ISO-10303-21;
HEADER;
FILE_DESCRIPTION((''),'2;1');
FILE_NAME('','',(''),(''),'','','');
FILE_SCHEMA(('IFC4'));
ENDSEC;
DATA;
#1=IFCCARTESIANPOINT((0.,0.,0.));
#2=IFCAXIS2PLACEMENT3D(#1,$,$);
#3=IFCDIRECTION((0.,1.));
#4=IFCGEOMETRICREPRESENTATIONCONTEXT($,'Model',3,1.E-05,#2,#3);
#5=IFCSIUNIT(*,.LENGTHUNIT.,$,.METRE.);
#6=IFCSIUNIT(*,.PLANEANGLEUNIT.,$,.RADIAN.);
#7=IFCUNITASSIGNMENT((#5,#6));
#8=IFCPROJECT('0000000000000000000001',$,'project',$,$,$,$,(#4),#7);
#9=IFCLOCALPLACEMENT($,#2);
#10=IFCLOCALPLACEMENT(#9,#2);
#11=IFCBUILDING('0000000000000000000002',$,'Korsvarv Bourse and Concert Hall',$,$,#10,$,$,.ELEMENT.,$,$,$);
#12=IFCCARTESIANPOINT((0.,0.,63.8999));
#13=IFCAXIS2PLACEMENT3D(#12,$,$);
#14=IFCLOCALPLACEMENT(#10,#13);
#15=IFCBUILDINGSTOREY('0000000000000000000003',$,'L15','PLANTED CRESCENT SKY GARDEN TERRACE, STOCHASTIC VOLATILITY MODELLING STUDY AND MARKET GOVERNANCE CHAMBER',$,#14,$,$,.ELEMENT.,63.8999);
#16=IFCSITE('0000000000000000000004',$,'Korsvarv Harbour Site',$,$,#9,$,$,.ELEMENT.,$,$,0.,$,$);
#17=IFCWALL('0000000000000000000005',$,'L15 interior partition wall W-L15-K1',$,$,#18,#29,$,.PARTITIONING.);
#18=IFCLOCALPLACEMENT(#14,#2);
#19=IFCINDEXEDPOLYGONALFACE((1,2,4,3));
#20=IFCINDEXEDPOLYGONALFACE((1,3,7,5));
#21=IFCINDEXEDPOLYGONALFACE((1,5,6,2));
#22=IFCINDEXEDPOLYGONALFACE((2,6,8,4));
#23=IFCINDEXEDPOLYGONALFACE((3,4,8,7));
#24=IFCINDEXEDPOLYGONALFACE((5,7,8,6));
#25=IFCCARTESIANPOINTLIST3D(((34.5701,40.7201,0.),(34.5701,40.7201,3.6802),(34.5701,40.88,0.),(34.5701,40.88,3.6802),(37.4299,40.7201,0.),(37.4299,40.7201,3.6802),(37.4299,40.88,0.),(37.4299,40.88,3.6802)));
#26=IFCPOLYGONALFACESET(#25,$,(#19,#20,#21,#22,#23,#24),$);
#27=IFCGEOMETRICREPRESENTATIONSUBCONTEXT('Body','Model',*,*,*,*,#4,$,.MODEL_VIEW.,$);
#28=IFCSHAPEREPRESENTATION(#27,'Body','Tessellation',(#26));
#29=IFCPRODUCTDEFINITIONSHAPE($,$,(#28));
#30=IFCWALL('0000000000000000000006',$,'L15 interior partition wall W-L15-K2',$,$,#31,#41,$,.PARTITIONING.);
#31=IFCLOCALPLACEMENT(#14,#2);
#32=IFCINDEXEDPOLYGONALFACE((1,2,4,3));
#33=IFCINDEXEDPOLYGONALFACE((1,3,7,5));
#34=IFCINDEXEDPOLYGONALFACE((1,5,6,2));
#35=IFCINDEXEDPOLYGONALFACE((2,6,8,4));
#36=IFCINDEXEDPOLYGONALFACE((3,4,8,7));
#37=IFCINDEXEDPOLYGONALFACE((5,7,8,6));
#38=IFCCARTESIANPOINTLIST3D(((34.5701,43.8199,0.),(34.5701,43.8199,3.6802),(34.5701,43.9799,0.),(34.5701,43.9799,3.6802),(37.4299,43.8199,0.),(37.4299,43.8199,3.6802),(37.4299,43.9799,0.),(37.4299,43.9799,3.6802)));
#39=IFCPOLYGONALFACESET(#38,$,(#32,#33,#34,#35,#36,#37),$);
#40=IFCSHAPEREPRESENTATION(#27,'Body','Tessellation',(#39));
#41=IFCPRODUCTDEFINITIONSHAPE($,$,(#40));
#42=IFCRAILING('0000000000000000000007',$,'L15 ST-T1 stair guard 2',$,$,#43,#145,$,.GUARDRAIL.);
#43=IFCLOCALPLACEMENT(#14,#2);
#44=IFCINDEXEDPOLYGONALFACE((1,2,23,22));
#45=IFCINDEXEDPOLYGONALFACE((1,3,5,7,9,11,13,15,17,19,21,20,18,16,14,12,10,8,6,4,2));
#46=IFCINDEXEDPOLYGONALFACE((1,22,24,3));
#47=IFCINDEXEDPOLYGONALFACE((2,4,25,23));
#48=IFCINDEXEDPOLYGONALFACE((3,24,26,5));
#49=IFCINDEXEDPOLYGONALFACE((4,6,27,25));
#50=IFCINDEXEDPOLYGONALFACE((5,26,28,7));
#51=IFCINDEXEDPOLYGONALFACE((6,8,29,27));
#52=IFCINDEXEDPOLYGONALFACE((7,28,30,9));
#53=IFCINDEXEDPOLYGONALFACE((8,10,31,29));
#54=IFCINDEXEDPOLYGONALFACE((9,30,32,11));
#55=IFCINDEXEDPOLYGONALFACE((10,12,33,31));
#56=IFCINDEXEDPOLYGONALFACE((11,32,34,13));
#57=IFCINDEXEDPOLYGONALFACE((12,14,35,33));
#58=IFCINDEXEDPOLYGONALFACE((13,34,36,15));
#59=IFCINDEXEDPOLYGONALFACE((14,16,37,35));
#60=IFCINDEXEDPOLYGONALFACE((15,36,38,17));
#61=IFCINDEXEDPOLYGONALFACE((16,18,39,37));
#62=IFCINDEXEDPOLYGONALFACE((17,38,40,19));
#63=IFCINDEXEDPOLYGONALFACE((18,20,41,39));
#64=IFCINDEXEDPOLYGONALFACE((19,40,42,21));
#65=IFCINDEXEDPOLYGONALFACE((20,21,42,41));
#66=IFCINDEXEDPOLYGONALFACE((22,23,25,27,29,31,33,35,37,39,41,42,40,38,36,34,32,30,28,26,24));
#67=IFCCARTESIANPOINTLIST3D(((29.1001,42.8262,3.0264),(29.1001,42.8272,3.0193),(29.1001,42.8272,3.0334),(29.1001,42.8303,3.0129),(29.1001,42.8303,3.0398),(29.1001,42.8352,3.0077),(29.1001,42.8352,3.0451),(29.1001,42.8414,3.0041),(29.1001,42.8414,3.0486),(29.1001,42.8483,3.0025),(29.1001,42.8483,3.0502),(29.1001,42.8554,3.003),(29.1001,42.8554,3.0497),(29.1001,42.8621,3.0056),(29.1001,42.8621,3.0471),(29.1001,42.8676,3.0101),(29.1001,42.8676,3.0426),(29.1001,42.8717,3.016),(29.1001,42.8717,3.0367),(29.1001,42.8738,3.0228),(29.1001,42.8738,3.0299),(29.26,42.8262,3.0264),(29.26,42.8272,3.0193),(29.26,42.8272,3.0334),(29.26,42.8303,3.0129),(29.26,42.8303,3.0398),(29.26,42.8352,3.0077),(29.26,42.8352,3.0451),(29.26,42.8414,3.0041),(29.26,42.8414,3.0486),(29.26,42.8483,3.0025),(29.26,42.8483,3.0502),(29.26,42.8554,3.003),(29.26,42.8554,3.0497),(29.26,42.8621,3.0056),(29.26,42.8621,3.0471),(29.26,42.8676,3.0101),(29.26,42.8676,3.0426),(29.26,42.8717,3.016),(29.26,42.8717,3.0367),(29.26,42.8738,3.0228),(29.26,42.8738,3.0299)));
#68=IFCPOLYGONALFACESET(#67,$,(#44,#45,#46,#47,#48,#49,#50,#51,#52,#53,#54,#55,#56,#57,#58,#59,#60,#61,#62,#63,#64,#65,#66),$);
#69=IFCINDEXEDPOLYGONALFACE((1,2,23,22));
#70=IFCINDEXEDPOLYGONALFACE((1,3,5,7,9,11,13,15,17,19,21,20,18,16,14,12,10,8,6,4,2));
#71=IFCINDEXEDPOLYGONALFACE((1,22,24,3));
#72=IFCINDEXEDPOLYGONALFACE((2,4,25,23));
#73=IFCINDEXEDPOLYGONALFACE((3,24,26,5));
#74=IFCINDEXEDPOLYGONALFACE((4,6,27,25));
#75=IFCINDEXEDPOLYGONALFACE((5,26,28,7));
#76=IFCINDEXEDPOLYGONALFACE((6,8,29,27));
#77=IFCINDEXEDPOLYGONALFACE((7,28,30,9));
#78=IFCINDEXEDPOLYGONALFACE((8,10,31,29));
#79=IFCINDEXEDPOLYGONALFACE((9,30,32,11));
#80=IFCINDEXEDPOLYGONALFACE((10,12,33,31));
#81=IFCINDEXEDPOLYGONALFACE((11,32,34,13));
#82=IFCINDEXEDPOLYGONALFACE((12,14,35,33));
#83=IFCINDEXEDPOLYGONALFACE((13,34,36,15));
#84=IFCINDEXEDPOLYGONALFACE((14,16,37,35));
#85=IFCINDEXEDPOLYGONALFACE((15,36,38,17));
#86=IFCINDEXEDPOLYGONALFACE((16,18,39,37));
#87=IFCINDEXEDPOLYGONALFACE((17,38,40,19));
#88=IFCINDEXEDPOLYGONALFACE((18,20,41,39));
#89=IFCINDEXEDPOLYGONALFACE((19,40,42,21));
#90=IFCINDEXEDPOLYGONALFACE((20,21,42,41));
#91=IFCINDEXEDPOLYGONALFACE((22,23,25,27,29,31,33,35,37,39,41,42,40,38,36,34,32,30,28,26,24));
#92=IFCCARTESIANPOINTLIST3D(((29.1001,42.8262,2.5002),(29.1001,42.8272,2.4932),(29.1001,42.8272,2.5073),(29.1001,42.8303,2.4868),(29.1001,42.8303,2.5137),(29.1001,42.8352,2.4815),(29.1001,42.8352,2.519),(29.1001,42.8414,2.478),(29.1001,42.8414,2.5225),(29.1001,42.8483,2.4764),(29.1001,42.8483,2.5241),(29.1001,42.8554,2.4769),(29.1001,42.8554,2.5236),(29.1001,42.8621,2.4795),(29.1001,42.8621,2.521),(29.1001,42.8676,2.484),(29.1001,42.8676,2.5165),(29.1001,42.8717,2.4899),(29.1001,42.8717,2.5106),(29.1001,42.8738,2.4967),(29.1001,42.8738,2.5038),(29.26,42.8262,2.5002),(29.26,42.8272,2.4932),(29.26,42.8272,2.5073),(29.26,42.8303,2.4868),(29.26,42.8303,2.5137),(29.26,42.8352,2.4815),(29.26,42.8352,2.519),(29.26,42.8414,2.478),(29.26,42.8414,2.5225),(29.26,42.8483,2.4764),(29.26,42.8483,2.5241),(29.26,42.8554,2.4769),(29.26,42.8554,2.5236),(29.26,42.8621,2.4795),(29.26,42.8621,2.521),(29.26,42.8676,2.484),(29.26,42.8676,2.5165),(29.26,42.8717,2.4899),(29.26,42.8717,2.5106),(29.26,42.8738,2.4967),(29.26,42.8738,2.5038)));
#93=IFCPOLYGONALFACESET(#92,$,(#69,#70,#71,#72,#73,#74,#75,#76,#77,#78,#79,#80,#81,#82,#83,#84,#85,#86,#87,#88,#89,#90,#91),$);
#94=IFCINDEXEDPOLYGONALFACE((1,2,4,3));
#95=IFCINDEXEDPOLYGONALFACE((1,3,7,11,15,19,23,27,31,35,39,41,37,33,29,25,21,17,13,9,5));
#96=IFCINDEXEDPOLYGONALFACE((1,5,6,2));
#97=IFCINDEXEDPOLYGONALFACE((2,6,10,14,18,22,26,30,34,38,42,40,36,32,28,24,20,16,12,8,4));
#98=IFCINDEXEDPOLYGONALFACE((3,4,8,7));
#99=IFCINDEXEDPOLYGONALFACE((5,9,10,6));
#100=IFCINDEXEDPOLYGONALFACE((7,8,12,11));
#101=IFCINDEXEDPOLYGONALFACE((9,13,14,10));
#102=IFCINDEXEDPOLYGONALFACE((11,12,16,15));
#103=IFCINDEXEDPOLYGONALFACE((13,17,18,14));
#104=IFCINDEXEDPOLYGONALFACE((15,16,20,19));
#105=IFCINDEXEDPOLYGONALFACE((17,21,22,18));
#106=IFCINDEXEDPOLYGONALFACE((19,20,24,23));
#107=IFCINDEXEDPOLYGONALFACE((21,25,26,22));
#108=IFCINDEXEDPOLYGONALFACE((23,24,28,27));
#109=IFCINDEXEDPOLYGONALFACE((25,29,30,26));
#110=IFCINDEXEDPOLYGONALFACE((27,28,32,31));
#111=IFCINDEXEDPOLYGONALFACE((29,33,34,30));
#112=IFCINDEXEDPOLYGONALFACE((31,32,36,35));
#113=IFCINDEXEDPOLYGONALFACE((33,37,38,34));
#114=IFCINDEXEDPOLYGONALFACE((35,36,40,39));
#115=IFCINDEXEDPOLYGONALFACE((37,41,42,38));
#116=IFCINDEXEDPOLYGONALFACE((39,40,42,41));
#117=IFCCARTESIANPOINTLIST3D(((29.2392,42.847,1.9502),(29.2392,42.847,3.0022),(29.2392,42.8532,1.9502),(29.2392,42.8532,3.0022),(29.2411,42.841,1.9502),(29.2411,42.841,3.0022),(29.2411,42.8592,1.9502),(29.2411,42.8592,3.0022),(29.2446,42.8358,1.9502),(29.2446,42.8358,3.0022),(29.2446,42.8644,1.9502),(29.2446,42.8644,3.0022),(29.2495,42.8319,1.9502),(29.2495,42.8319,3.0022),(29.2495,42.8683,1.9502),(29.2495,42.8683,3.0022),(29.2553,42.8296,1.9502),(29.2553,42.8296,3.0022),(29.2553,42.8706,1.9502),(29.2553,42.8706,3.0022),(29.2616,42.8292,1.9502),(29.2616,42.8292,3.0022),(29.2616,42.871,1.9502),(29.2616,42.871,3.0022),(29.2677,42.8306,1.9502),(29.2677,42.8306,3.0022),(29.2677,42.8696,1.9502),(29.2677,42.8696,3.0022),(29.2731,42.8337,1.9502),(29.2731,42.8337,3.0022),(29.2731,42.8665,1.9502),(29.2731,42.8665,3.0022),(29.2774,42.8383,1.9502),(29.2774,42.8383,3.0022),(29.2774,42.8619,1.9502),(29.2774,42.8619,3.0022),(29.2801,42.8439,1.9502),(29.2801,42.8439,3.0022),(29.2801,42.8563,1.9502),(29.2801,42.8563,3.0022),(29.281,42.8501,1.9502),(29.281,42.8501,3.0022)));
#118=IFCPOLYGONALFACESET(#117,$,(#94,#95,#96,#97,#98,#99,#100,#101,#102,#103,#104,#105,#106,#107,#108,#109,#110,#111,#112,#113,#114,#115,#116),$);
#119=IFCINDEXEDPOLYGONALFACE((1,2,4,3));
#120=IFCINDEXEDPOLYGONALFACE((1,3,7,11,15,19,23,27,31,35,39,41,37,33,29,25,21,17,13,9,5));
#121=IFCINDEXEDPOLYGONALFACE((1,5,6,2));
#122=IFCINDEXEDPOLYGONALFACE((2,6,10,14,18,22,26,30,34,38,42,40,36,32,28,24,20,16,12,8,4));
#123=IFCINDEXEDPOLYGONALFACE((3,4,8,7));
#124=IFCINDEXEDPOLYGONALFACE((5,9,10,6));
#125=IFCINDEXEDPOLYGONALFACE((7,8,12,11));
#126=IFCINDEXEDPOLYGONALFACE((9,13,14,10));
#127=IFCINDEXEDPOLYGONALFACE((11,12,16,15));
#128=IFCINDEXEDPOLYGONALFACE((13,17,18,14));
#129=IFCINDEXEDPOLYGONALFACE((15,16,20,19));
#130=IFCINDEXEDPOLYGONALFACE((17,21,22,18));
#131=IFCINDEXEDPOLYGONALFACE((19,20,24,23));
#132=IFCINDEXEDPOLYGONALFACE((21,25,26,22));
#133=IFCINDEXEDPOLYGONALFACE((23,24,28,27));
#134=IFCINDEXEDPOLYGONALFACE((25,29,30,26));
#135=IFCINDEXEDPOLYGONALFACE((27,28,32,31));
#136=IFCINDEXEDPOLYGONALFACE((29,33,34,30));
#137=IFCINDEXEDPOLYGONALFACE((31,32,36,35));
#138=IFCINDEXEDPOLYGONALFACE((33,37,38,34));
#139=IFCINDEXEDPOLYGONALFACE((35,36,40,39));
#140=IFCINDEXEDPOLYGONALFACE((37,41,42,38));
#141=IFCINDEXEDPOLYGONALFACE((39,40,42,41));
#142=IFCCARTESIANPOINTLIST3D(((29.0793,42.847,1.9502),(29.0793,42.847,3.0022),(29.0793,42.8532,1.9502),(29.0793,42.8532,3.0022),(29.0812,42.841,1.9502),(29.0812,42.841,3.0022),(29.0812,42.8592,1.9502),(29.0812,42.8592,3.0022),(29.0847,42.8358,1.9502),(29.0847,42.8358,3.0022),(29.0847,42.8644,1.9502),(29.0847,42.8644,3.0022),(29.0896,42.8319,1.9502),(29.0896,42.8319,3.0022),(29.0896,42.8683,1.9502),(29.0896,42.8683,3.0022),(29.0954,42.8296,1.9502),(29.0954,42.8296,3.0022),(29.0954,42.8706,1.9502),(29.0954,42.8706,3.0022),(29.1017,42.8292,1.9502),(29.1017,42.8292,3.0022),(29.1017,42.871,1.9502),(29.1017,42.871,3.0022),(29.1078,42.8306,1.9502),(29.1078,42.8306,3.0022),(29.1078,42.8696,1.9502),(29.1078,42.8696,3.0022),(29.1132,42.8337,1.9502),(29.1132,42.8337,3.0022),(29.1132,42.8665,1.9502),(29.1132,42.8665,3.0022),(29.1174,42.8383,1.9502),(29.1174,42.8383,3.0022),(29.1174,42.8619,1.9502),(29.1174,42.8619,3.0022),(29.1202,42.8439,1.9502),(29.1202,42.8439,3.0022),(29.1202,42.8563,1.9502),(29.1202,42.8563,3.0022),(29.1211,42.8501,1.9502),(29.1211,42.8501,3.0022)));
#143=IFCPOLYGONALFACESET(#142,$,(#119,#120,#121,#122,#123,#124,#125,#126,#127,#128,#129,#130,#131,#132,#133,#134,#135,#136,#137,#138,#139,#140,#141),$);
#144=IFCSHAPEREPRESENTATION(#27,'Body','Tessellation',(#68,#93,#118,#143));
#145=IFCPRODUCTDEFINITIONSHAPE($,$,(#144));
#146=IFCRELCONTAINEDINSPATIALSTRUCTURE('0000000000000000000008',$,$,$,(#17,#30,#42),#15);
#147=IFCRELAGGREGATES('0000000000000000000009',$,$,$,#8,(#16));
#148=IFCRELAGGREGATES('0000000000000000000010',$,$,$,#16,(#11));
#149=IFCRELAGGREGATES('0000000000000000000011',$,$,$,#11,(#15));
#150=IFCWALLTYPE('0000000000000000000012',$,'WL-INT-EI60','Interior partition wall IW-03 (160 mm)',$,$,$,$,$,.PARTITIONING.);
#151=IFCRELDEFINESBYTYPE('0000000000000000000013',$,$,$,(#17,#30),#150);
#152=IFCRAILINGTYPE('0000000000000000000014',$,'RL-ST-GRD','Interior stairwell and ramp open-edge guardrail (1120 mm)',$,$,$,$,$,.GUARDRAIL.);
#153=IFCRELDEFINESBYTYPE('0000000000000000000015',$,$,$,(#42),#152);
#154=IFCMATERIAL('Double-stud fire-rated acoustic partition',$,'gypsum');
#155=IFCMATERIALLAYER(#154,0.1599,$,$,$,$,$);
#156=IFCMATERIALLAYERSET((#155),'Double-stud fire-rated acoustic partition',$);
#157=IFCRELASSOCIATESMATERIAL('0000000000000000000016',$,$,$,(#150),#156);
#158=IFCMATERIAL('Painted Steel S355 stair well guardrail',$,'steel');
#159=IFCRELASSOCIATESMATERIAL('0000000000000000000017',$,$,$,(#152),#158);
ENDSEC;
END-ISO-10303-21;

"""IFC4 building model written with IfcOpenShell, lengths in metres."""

from ifc_helpers import new_model, si_unit, direction, frame, frame_2d, origin, origin_2d, place, context, subcontext, project, spatial, rectangle, circle, extrude, material, layer, layer_set, type_object, element, save


model = new_model("IFC4")

# Units and contexts
model_context = context("Model", 3, precision=1e-05, world=origin(), true_north=direction((0.0, 1.0)))
body_context = subcontext(model_context, "Body", "Model", "MODEL_VIEW")
ifc_project = project(units=[si_unit("LENGTHUNIT", "METRE"), si_unit("PLANEANGLEUNIT", "RADIAN")], contexts=[model_context])

# Site, building, storey
site_placement = place(None, origin())
site = spatial("IfcSite", under=ifc_project, at=site_placement, Name="Korsvarv Harbour Site", CompositionType="ELEMENT", RefElevation=0.0)
building_placement = place(site_placement, origin())
building = spatial("IfcBuilding", under=site, at=building_placement, Name="Korsvarv Bourse and Concert Hall", CompositionType="ELEMENT")
storey_placement = place(building_placement, frame((0.0, 0.0, 63.8999)))
storey = spatial("IfcBuildingStorey", under=building, at=storey_placement, Name="L15", Description="PLANTED CRESCENT SKY GARDEN TERRACE, STOCHASTIC VOLATILITY MODELLING STUDY AND MARKET GOVERNANCE CHAMBER", CompositionType="ELEMENT", Elevation=63.8999)

# Walls
ifc_material_1 = material(Name="Double-stud fire-rated acoustic partition", Category="gypsum")
ifc_layer_1 = layer(ifc_material_1, 0.1599)
ifc_layer_set_1 = layer_set([ifc_layer_1], Name="Double-stud fire-rated acoustic partition")
wall_type_1 = type_object("IfcWallType", Name="WL-INT-EI60", Description="Interior partition wall IW-03 (160 mm)", PredefinedType="PARTITIONING", material=ifc_layer_set_1)
for number, where, z_axis, x_axis, name in (
    (1, (34.5701, 40.8, 0.0), (0.0, 0.0, 1.0), (1.0, 0.0, 0.0), "L15 interior partition wall W-L15-K1"),
    (2, (34.5701, 43.8999, 0.0), (0.0, 0.0, 1.0), (1.0, 0.0, 0.0), "L15 interior partition wall W-L15-K2"),
):
    element("IfcWall", number, at=place(storey_placement, frame(where, z_axis=z_axis, x_axis=x_axis)), inside=storey, type_object=wall_type_1, Name=name, PredefinedType="PARTITIONING", context=body_context, shape_type="SweptSolid", body=[
        extrude(rectangle(XDim=2.8599, YDim=0.1599, at=frame_2d((1.4299, 0.0))), origin(), (0.0, 0.0, 1.0), 3.6802),
    ])

# Railing
ifc_material_2 = material(Name="Painted Steel S355 stair well guardrail", Category="steel")
railing_type = type_object("IfcRailingType", Name="RL-ST-GRD", Description="Interior stairwell and ramp open-edge guardrail (1120 mm)", PredefinedType="GUARDRAIL", material=ifc_material_2)
railing_1_placement = place(storey_placement, frame((29.26, 42.8501, 1.9502)))
element("IfcRailing", 3, at=railing_1_placement, inside=storey, type_object=railing_type, Name="L15 ST-T1 stair guard 2", PredefinedType="GUARDRAIL", context=body_context, shape_type="SweptSolid", body=[
    extrude(circle(Radius=0.0239, at=origin_2d()), frame((0.0, 0.0, 1.0762), z_axis=(-1.0, 0.0, 0.0), x_axis=(0.0, -1.0, 0.0)), (0.0, 0.0, 1.0), 0.1599),
    extrude(circle(Radius=0.0239, at=origin_2d()), frame((0.0, 0.0, 0.55), z_axis=(-1.0, 0.0, 0.0), x_axis=(0.0, -1.0, 0.0)), (0.0, 0.0, 1.0), 0.1599),
    extrude(circle(Radius=0.021, at=origin_2d()), origin(), (0.0, 0.0, 1.0), 1.052),
    extrude(circle(Radius=0.021, at=origin_2d()), frame((-0.1599, 0.0, 0.0)), (0.0, 0.0, 1.0), 1.052),
])

save(model, "model.ifc")
